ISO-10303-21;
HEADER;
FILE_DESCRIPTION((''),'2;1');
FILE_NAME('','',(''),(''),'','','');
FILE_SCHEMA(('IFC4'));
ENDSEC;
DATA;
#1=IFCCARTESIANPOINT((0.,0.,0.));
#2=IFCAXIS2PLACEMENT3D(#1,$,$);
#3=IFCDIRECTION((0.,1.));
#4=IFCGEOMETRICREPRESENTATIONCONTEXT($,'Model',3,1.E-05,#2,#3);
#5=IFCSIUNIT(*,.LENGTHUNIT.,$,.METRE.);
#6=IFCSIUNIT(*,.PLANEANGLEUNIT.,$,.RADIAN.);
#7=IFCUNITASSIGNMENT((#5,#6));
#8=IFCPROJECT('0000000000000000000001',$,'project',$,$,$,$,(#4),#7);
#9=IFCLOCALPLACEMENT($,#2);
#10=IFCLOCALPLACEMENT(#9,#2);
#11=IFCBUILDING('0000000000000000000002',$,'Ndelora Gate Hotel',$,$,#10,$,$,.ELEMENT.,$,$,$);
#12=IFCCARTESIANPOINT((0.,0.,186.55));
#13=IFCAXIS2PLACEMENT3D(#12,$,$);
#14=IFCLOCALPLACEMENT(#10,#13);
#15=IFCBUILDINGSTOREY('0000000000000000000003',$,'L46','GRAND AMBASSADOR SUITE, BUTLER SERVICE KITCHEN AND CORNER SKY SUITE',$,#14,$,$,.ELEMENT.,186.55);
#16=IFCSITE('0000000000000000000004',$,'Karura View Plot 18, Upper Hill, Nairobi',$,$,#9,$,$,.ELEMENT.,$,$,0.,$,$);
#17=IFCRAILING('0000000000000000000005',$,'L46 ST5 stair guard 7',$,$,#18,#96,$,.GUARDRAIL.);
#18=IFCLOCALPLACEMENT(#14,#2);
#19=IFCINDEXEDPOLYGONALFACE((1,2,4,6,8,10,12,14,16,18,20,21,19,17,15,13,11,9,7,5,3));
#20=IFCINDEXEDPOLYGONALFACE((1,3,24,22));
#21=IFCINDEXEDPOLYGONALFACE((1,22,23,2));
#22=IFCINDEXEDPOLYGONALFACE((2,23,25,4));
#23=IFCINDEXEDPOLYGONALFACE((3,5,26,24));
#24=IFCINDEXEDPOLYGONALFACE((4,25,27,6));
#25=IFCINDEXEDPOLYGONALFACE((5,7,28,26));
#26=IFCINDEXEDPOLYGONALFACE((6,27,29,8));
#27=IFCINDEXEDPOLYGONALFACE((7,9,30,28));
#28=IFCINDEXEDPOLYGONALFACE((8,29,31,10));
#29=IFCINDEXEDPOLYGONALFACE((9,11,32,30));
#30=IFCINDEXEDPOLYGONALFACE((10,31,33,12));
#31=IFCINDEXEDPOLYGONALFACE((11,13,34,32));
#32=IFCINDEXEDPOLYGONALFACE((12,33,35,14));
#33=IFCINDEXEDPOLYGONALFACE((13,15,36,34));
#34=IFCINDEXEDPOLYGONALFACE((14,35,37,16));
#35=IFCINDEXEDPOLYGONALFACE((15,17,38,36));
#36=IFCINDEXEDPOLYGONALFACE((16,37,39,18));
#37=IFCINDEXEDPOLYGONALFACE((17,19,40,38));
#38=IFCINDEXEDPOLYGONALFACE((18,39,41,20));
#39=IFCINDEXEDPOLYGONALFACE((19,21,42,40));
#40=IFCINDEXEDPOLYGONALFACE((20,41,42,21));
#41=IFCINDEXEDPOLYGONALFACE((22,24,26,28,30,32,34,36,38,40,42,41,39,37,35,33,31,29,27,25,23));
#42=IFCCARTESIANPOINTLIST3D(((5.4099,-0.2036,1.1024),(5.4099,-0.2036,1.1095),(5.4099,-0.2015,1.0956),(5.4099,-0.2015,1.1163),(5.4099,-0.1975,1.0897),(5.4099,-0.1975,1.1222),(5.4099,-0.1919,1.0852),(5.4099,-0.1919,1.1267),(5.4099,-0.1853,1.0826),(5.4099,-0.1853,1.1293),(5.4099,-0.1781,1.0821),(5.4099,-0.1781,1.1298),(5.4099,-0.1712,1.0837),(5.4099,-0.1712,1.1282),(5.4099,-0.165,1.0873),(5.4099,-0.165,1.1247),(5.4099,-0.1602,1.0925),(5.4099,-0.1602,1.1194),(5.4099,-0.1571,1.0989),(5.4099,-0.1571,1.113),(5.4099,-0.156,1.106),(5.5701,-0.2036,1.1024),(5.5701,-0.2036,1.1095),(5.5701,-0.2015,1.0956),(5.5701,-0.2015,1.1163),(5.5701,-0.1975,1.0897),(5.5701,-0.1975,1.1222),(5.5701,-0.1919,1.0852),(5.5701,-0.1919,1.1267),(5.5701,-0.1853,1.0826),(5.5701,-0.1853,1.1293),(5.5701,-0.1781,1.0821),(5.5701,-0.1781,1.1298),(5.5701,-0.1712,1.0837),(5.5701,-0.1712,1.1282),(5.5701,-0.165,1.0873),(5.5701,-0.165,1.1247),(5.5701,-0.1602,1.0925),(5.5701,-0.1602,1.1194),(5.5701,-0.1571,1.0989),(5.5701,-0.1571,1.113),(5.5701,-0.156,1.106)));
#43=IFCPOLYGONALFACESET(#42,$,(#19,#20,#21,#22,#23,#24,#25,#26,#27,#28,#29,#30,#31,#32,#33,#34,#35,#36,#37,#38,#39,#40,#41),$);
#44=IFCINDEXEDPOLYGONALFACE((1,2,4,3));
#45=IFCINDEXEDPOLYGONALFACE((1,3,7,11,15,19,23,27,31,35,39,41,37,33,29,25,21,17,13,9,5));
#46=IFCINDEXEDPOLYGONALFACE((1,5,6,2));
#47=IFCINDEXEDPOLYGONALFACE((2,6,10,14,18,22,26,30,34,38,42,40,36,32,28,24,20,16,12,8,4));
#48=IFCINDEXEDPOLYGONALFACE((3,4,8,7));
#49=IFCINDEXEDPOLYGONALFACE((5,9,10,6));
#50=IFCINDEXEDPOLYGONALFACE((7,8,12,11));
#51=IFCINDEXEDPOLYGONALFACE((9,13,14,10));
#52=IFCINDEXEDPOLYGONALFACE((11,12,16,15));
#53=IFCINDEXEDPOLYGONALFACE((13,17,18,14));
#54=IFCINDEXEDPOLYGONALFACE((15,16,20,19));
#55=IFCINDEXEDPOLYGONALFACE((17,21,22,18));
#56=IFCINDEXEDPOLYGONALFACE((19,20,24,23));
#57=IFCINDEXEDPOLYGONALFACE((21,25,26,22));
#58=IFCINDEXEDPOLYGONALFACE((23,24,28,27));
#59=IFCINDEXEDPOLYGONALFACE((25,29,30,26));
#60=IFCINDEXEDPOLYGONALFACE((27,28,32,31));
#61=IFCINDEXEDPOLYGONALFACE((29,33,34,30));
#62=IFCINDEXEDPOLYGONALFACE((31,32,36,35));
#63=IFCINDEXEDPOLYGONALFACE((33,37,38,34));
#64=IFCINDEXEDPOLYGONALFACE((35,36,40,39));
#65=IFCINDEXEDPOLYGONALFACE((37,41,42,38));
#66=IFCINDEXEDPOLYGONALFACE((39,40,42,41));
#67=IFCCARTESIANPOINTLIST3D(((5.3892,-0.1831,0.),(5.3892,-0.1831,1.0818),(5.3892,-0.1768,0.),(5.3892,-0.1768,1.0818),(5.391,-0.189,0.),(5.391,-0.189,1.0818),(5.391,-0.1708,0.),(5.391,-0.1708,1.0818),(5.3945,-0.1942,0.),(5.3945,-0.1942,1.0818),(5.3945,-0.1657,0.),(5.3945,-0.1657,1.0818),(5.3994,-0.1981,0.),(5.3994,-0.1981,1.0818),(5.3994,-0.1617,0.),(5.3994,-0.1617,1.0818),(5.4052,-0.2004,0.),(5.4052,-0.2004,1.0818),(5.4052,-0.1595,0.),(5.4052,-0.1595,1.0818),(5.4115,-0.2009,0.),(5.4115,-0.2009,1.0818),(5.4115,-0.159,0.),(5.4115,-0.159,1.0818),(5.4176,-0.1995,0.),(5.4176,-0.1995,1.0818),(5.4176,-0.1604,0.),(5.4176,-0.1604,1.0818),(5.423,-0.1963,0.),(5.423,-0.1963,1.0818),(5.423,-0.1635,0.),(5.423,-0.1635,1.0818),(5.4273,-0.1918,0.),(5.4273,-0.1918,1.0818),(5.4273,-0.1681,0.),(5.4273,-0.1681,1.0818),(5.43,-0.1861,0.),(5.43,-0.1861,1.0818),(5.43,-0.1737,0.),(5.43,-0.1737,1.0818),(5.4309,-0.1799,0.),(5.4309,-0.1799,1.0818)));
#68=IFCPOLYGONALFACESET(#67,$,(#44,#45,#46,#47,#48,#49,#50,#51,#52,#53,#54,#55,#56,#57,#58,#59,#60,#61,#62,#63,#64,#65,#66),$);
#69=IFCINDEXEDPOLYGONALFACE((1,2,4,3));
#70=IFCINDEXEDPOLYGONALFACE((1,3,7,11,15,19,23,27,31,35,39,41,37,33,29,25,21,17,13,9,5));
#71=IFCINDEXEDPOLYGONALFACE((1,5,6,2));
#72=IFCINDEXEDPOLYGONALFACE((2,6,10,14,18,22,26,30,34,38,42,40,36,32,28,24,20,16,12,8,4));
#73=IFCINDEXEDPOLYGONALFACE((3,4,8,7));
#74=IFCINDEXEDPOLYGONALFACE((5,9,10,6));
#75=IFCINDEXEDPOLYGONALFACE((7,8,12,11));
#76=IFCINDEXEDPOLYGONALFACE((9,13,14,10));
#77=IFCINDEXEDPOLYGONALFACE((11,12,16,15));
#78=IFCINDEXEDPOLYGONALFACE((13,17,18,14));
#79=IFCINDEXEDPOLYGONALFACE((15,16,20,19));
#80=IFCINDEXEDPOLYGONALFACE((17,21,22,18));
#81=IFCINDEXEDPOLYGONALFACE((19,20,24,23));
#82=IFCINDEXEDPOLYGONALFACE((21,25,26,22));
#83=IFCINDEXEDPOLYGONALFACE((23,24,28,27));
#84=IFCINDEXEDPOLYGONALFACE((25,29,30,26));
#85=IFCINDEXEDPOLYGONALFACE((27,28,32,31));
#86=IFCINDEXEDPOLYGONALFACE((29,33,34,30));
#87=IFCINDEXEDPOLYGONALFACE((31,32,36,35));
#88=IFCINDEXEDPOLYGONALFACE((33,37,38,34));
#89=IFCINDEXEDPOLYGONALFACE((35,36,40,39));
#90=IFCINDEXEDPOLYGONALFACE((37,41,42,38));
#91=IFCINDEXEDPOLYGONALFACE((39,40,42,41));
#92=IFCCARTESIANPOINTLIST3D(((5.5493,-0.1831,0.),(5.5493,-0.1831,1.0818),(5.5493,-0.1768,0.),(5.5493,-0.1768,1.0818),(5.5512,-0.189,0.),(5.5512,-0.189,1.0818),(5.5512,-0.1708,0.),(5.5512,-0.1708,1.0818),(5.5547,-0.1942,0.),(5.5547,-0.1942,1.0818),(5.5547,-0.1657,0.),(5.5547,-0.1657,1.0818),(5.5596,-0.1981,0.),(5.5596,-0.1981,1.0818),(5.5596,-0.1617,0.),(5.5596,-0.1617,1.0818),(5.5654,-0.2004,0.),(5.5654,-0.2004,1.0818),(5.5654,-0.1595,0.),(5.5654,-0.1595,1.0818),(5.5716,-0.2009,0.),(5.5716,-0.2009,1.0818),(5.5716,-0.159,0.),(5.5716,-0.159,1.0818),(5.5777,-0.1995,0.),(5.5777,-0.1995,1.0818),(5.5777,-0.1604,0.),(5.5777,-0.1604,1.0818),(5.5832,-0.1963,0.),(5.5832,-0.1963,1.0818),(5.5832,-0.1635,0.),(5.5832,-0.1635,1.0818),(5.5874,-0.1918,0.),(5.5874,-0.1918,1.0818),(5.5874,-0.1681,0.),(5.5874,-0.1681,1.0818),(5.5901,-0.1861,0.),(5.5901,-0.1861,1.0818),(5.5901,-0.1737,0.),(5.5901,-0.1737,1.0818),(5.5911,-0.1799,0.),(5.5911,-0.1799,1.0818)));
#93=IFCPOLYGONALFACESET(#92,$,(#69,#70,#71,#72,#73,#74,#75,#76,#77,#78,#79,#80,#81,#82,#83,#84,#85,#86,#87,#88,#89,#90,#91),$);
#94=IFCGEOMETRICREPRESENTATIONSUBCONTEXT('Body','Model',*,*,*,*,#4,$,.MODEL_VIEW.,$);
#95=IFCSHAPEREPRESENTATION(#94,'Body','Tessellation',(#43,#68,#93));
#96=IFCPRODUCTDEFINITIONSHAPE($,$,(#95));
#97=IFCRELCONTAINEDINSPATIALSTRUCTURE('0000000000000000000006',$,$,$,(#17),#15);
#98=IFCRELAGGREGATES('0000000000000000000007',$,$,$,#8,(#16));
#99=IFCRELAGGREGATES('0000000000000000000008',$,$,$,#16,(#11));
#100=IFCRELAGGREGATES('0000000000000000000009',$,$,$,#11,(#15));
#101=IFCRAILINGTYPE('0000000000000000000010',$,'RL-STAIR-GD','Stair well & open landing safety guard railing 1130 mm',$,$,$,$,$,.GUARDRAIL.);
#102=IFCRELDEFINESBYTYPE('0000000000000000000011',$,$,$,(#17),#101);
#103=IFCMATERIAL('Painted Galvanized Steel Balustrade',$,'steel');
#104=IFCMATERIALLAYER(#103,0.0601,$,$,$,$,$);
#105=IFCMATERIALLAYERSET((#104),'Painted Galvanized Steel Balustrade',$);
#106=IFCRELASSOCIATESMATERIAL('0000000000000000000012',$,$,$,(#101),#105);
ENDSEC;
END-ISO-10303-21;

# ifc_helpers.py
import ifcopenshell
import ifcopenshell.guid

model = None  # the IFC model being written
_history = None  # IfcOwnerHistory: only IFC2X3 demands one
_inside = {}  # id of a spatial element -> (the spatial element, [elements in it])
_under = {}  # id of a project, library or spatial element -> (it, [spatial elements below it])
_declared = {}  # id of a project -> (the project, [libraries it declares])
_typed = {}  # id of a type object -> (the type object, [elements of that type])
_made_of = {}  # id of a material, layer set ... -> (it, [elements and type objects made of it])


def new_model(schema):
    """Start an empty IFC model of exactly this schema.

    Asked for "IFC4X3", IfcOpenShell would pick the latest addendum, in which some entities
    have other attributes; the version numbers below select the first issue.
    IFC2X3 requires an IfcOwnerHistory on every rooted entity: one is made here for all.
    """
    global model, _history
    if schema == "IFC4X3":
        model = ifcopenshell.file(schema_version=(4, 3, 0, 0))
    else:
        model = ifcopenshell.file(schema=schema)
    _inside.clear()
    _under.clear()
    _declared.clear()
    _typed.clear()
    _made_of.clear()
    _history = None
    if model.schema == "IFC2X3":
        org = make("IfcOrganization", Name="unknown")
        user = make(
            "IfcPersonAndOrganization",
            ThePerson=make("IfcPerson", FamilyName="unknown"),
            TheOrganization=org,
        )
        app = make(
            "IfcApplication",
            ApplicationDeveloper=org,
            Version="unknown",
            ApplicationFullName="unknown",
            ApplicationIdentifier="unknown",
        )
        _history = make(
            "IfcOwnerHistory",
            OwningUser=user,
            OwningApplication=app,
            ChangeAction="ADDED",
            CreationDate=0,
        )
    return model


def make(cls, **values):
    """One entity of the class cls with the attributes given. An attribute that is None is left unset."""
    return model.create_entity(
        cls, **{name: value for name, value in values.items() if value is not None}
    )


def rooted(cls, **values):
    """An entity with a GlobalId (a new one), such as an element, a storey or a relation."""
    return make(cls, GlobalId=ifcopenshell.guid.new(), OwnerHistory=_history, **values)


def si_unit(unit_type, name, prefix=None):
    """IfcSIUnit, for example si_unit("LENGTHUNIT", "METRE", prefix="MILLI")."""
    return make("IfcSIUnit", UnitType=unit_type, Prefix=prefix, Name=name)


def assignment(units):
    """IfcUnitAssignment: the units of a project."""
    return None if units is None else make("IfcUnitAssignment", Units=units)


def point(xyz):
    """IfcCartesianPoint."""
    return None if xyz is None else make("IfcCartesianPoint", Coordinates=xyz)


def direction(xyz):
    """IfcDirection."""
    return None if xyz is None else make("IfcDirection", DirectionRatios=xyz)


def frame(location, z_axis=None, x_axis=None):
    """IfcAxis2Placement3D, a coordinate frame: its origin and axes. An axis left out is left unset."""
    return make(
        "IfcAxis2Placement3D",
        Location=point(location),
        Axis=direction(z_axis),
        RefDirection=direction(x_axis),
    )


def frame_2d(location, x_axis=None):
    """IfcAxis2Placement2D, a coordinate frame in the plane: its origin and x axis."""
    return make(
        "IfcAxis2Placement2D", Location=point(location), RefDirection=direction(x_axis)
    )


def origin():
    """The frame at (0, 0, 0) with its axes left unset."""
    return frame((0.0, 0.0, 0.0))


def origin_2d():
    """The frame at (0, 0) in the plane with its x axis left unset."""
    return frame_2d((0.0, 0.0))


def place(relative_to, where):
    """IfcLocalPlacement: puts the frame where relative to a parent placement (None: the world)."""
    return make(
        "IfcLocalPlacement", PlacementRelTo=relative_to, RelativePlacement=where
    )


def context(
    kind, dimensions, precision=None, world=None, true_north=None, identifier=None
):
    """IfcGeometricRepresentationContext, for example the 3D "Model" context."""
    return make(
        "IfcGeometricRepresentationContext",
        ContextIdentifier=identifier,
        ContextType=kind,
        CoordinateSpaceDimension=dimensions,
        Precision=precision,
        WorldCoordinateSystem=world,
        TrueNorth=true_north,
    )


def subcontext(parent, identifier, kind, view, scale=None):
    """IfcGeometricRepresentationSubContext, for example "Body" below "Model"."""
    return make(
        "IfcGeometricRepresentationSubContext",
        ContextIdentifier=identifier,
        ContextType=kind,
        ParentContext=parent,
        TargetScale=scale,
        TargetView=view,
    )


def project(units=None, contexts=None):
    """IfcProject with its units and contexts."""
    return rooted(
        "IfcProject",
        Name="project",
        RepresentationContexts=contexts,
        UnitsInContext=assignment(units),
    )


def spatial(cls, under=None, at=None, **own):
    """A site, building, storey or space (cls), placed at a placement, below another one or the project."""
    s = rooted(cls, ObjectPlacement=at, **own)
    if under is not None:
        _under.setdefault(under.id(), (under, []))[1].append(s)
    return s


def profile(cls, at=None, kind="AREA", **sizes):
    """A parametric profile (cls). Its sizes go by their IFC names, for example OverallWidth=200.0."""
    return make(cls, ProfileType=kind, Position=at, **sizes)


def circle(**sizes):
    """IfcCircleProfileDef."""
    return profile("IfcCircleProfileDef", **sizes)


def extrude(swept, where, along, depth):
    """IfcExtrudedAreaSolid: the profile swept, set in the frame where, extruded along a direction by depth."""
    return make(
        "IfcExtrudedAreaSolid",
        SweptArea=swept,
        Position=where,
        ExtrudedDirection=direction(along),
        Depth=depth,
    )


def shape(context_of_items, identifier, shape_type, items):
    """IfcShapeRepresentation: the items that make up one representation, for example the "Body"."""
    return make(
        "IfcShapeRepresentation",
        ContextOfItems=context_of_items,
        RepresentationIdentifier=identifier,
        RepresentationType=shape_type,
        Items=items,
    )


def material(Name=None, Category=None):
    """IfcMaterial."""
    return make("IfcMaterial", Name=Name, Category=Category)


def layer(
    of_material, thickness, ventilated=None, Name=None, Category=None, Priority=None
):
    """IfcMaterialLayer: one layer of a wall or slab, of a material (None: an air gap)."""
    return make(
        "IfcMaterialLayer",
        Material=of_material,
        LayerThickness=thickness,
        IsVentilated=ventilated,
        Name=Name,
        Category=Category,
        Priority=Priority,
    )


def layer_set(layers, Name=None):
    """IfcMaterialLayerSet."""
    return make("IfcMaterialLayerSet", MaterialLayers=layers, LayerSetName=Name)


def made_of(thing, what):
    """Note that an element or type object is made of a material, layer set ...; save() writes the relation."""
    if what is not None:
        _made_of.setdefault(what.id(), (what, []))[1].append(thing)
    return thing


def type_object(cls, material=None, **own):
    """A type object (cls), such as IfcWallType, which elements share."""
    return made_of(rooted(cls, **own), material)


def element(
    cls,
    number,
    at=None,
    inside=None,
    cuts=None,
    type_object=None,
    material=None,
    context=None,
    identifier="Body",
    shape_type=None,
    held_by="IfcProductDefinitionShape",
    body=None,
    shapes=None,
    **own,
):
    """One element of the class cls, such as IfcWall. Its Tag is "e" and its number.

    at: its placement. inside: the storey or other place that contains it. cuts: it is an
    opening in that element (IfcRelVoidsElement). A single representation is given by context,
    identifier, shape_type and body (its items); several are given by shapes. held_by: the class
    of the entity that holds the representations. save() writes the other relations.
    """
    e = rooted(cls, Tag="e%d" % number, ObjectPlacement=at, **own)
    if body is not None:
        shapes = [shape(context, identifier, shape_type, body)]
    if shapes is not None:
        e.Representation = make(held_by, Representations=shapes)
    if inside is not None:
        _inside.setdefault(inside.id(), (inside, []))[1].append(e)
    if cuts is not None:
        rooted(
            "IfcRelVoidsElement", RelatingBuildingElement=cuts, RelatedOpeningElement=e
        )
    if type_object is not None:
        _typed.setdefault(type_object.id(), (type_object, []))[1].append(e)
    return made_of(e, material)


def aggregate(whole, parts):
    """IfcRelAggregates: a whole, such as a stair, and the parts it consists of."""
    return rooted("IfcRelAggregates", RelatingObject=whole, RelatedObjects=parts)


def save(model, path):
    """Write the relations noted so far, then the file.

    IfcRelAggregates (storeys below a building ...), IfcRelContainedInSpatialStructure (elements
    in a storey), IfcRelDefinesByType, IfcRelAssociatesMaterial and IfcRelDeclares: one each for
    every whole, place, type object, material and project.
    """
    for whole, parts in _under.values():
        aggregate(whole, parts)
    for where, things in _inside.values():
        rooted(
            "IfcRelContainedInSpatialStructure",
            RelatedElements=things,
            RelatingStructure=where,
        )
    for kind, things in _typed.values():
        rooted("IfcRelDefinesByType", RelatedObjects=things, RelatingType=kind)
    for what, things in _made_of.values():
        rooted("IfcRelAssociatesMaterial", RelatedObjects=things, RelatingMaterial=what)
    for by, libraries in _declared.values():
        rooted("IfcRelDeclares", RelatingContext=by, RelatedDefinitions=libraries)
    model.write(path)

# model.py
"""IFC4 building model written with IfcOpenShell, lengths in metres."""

from ifc_helpers import new_model, si_unit, direction, frame, origin, origin_2d, place, context, subcontext, project, spatial, circle, extrude, material, layer, layer_set, type_object, element, save


model = new_model("IFC4")

# Units and contexts
model_context = context("Model", 3, precision=1e-05, world=origin(), true_north=direction((0.0, 1.0)))
body_context = subcontext(model_context, "Body", "Model", "MODEL_VIEW")
ifc_project = project(units=[si_unit("LENGTHUNIT", "METRE"), si_unit("PLANEANGLEUNIT", "RADIAN")], contexts=[model_context])

# Site, building, storey
site_placement = place(None, origin())
site = spatial("IfcSite", under=ifc_project, at=site_placement, Name="Karura View Plot 18, Upper Hill, Nairobi", CompositionType="ELEMENT", RefElevation=0.0)
building_placement = place(site_placement, origin())
building = spatial("IfcBuilding", under=site, at=building_placement, Name="Ndelora Gate Hotel", CompositionType="ELEMENT")
storey_placement = place(building_placement, frame((0.0, 0.0, 186.55)))
storey = spatial("IfcBuildingStorey", under=building, at=storey_placement, Name="L46", Description="GRAND AMBASSADOR SUITE, BUTLER SERVICE KITCHEN AND CORNER SKY SUITE", CompositionType="ELEMENT", Elevation=186.55)

# Railing
ifc_material_1 = material(Name="Painted Galvanized Steel Balustrade", Category="steel")
ifc_layer_1 = layer(ifc_material_1, 0.0601)
ifc_layer_set_1 = layer_set([ifc_layer_1], Name="Painted Galvanized Steel Balustrade")
railing_type_1 = type_object("IfcRailingType", Name="RL-STAIR-GD", Description="Stair well & open landing safety guard railing 1130 mm", PredefinedType="GUARDRAIL", material=ifc_layer_set_1)
railing_1_placement = place(storey_placement, frame((5.4099, -0.1799, 0.0)))
element("IfcRailing", 1, at=railing_1_placement, inside=storey, type_object=railing_type_1, Name="L46 ST5 stair guard 7", PredefinedType="GUARDRAIL", context=body_context, shape_type="SweptSolid", body=[
    extrude(circle(Radius=0.0239, at=origin_2d()), frame((0.0, 0.0, 1.106), z_axis=(1.0, 0.0, 0.0), x_axis=(0.0, 1.0, 0.0)), (0.0, 0.0, 1.0), 0.1602),
    extrude(circle(Radius=0.021, at=origin_2d()), origin(), (0.0, 0.0, 1.0), 1.0818),
    extrude(circle(Radius=0.021, at=origin_2d()), frame((0.1602, 0.0, 0.0)), (0.0, 0.0, 1.0), 1.0818),
])

save(model, "model.ifc")
